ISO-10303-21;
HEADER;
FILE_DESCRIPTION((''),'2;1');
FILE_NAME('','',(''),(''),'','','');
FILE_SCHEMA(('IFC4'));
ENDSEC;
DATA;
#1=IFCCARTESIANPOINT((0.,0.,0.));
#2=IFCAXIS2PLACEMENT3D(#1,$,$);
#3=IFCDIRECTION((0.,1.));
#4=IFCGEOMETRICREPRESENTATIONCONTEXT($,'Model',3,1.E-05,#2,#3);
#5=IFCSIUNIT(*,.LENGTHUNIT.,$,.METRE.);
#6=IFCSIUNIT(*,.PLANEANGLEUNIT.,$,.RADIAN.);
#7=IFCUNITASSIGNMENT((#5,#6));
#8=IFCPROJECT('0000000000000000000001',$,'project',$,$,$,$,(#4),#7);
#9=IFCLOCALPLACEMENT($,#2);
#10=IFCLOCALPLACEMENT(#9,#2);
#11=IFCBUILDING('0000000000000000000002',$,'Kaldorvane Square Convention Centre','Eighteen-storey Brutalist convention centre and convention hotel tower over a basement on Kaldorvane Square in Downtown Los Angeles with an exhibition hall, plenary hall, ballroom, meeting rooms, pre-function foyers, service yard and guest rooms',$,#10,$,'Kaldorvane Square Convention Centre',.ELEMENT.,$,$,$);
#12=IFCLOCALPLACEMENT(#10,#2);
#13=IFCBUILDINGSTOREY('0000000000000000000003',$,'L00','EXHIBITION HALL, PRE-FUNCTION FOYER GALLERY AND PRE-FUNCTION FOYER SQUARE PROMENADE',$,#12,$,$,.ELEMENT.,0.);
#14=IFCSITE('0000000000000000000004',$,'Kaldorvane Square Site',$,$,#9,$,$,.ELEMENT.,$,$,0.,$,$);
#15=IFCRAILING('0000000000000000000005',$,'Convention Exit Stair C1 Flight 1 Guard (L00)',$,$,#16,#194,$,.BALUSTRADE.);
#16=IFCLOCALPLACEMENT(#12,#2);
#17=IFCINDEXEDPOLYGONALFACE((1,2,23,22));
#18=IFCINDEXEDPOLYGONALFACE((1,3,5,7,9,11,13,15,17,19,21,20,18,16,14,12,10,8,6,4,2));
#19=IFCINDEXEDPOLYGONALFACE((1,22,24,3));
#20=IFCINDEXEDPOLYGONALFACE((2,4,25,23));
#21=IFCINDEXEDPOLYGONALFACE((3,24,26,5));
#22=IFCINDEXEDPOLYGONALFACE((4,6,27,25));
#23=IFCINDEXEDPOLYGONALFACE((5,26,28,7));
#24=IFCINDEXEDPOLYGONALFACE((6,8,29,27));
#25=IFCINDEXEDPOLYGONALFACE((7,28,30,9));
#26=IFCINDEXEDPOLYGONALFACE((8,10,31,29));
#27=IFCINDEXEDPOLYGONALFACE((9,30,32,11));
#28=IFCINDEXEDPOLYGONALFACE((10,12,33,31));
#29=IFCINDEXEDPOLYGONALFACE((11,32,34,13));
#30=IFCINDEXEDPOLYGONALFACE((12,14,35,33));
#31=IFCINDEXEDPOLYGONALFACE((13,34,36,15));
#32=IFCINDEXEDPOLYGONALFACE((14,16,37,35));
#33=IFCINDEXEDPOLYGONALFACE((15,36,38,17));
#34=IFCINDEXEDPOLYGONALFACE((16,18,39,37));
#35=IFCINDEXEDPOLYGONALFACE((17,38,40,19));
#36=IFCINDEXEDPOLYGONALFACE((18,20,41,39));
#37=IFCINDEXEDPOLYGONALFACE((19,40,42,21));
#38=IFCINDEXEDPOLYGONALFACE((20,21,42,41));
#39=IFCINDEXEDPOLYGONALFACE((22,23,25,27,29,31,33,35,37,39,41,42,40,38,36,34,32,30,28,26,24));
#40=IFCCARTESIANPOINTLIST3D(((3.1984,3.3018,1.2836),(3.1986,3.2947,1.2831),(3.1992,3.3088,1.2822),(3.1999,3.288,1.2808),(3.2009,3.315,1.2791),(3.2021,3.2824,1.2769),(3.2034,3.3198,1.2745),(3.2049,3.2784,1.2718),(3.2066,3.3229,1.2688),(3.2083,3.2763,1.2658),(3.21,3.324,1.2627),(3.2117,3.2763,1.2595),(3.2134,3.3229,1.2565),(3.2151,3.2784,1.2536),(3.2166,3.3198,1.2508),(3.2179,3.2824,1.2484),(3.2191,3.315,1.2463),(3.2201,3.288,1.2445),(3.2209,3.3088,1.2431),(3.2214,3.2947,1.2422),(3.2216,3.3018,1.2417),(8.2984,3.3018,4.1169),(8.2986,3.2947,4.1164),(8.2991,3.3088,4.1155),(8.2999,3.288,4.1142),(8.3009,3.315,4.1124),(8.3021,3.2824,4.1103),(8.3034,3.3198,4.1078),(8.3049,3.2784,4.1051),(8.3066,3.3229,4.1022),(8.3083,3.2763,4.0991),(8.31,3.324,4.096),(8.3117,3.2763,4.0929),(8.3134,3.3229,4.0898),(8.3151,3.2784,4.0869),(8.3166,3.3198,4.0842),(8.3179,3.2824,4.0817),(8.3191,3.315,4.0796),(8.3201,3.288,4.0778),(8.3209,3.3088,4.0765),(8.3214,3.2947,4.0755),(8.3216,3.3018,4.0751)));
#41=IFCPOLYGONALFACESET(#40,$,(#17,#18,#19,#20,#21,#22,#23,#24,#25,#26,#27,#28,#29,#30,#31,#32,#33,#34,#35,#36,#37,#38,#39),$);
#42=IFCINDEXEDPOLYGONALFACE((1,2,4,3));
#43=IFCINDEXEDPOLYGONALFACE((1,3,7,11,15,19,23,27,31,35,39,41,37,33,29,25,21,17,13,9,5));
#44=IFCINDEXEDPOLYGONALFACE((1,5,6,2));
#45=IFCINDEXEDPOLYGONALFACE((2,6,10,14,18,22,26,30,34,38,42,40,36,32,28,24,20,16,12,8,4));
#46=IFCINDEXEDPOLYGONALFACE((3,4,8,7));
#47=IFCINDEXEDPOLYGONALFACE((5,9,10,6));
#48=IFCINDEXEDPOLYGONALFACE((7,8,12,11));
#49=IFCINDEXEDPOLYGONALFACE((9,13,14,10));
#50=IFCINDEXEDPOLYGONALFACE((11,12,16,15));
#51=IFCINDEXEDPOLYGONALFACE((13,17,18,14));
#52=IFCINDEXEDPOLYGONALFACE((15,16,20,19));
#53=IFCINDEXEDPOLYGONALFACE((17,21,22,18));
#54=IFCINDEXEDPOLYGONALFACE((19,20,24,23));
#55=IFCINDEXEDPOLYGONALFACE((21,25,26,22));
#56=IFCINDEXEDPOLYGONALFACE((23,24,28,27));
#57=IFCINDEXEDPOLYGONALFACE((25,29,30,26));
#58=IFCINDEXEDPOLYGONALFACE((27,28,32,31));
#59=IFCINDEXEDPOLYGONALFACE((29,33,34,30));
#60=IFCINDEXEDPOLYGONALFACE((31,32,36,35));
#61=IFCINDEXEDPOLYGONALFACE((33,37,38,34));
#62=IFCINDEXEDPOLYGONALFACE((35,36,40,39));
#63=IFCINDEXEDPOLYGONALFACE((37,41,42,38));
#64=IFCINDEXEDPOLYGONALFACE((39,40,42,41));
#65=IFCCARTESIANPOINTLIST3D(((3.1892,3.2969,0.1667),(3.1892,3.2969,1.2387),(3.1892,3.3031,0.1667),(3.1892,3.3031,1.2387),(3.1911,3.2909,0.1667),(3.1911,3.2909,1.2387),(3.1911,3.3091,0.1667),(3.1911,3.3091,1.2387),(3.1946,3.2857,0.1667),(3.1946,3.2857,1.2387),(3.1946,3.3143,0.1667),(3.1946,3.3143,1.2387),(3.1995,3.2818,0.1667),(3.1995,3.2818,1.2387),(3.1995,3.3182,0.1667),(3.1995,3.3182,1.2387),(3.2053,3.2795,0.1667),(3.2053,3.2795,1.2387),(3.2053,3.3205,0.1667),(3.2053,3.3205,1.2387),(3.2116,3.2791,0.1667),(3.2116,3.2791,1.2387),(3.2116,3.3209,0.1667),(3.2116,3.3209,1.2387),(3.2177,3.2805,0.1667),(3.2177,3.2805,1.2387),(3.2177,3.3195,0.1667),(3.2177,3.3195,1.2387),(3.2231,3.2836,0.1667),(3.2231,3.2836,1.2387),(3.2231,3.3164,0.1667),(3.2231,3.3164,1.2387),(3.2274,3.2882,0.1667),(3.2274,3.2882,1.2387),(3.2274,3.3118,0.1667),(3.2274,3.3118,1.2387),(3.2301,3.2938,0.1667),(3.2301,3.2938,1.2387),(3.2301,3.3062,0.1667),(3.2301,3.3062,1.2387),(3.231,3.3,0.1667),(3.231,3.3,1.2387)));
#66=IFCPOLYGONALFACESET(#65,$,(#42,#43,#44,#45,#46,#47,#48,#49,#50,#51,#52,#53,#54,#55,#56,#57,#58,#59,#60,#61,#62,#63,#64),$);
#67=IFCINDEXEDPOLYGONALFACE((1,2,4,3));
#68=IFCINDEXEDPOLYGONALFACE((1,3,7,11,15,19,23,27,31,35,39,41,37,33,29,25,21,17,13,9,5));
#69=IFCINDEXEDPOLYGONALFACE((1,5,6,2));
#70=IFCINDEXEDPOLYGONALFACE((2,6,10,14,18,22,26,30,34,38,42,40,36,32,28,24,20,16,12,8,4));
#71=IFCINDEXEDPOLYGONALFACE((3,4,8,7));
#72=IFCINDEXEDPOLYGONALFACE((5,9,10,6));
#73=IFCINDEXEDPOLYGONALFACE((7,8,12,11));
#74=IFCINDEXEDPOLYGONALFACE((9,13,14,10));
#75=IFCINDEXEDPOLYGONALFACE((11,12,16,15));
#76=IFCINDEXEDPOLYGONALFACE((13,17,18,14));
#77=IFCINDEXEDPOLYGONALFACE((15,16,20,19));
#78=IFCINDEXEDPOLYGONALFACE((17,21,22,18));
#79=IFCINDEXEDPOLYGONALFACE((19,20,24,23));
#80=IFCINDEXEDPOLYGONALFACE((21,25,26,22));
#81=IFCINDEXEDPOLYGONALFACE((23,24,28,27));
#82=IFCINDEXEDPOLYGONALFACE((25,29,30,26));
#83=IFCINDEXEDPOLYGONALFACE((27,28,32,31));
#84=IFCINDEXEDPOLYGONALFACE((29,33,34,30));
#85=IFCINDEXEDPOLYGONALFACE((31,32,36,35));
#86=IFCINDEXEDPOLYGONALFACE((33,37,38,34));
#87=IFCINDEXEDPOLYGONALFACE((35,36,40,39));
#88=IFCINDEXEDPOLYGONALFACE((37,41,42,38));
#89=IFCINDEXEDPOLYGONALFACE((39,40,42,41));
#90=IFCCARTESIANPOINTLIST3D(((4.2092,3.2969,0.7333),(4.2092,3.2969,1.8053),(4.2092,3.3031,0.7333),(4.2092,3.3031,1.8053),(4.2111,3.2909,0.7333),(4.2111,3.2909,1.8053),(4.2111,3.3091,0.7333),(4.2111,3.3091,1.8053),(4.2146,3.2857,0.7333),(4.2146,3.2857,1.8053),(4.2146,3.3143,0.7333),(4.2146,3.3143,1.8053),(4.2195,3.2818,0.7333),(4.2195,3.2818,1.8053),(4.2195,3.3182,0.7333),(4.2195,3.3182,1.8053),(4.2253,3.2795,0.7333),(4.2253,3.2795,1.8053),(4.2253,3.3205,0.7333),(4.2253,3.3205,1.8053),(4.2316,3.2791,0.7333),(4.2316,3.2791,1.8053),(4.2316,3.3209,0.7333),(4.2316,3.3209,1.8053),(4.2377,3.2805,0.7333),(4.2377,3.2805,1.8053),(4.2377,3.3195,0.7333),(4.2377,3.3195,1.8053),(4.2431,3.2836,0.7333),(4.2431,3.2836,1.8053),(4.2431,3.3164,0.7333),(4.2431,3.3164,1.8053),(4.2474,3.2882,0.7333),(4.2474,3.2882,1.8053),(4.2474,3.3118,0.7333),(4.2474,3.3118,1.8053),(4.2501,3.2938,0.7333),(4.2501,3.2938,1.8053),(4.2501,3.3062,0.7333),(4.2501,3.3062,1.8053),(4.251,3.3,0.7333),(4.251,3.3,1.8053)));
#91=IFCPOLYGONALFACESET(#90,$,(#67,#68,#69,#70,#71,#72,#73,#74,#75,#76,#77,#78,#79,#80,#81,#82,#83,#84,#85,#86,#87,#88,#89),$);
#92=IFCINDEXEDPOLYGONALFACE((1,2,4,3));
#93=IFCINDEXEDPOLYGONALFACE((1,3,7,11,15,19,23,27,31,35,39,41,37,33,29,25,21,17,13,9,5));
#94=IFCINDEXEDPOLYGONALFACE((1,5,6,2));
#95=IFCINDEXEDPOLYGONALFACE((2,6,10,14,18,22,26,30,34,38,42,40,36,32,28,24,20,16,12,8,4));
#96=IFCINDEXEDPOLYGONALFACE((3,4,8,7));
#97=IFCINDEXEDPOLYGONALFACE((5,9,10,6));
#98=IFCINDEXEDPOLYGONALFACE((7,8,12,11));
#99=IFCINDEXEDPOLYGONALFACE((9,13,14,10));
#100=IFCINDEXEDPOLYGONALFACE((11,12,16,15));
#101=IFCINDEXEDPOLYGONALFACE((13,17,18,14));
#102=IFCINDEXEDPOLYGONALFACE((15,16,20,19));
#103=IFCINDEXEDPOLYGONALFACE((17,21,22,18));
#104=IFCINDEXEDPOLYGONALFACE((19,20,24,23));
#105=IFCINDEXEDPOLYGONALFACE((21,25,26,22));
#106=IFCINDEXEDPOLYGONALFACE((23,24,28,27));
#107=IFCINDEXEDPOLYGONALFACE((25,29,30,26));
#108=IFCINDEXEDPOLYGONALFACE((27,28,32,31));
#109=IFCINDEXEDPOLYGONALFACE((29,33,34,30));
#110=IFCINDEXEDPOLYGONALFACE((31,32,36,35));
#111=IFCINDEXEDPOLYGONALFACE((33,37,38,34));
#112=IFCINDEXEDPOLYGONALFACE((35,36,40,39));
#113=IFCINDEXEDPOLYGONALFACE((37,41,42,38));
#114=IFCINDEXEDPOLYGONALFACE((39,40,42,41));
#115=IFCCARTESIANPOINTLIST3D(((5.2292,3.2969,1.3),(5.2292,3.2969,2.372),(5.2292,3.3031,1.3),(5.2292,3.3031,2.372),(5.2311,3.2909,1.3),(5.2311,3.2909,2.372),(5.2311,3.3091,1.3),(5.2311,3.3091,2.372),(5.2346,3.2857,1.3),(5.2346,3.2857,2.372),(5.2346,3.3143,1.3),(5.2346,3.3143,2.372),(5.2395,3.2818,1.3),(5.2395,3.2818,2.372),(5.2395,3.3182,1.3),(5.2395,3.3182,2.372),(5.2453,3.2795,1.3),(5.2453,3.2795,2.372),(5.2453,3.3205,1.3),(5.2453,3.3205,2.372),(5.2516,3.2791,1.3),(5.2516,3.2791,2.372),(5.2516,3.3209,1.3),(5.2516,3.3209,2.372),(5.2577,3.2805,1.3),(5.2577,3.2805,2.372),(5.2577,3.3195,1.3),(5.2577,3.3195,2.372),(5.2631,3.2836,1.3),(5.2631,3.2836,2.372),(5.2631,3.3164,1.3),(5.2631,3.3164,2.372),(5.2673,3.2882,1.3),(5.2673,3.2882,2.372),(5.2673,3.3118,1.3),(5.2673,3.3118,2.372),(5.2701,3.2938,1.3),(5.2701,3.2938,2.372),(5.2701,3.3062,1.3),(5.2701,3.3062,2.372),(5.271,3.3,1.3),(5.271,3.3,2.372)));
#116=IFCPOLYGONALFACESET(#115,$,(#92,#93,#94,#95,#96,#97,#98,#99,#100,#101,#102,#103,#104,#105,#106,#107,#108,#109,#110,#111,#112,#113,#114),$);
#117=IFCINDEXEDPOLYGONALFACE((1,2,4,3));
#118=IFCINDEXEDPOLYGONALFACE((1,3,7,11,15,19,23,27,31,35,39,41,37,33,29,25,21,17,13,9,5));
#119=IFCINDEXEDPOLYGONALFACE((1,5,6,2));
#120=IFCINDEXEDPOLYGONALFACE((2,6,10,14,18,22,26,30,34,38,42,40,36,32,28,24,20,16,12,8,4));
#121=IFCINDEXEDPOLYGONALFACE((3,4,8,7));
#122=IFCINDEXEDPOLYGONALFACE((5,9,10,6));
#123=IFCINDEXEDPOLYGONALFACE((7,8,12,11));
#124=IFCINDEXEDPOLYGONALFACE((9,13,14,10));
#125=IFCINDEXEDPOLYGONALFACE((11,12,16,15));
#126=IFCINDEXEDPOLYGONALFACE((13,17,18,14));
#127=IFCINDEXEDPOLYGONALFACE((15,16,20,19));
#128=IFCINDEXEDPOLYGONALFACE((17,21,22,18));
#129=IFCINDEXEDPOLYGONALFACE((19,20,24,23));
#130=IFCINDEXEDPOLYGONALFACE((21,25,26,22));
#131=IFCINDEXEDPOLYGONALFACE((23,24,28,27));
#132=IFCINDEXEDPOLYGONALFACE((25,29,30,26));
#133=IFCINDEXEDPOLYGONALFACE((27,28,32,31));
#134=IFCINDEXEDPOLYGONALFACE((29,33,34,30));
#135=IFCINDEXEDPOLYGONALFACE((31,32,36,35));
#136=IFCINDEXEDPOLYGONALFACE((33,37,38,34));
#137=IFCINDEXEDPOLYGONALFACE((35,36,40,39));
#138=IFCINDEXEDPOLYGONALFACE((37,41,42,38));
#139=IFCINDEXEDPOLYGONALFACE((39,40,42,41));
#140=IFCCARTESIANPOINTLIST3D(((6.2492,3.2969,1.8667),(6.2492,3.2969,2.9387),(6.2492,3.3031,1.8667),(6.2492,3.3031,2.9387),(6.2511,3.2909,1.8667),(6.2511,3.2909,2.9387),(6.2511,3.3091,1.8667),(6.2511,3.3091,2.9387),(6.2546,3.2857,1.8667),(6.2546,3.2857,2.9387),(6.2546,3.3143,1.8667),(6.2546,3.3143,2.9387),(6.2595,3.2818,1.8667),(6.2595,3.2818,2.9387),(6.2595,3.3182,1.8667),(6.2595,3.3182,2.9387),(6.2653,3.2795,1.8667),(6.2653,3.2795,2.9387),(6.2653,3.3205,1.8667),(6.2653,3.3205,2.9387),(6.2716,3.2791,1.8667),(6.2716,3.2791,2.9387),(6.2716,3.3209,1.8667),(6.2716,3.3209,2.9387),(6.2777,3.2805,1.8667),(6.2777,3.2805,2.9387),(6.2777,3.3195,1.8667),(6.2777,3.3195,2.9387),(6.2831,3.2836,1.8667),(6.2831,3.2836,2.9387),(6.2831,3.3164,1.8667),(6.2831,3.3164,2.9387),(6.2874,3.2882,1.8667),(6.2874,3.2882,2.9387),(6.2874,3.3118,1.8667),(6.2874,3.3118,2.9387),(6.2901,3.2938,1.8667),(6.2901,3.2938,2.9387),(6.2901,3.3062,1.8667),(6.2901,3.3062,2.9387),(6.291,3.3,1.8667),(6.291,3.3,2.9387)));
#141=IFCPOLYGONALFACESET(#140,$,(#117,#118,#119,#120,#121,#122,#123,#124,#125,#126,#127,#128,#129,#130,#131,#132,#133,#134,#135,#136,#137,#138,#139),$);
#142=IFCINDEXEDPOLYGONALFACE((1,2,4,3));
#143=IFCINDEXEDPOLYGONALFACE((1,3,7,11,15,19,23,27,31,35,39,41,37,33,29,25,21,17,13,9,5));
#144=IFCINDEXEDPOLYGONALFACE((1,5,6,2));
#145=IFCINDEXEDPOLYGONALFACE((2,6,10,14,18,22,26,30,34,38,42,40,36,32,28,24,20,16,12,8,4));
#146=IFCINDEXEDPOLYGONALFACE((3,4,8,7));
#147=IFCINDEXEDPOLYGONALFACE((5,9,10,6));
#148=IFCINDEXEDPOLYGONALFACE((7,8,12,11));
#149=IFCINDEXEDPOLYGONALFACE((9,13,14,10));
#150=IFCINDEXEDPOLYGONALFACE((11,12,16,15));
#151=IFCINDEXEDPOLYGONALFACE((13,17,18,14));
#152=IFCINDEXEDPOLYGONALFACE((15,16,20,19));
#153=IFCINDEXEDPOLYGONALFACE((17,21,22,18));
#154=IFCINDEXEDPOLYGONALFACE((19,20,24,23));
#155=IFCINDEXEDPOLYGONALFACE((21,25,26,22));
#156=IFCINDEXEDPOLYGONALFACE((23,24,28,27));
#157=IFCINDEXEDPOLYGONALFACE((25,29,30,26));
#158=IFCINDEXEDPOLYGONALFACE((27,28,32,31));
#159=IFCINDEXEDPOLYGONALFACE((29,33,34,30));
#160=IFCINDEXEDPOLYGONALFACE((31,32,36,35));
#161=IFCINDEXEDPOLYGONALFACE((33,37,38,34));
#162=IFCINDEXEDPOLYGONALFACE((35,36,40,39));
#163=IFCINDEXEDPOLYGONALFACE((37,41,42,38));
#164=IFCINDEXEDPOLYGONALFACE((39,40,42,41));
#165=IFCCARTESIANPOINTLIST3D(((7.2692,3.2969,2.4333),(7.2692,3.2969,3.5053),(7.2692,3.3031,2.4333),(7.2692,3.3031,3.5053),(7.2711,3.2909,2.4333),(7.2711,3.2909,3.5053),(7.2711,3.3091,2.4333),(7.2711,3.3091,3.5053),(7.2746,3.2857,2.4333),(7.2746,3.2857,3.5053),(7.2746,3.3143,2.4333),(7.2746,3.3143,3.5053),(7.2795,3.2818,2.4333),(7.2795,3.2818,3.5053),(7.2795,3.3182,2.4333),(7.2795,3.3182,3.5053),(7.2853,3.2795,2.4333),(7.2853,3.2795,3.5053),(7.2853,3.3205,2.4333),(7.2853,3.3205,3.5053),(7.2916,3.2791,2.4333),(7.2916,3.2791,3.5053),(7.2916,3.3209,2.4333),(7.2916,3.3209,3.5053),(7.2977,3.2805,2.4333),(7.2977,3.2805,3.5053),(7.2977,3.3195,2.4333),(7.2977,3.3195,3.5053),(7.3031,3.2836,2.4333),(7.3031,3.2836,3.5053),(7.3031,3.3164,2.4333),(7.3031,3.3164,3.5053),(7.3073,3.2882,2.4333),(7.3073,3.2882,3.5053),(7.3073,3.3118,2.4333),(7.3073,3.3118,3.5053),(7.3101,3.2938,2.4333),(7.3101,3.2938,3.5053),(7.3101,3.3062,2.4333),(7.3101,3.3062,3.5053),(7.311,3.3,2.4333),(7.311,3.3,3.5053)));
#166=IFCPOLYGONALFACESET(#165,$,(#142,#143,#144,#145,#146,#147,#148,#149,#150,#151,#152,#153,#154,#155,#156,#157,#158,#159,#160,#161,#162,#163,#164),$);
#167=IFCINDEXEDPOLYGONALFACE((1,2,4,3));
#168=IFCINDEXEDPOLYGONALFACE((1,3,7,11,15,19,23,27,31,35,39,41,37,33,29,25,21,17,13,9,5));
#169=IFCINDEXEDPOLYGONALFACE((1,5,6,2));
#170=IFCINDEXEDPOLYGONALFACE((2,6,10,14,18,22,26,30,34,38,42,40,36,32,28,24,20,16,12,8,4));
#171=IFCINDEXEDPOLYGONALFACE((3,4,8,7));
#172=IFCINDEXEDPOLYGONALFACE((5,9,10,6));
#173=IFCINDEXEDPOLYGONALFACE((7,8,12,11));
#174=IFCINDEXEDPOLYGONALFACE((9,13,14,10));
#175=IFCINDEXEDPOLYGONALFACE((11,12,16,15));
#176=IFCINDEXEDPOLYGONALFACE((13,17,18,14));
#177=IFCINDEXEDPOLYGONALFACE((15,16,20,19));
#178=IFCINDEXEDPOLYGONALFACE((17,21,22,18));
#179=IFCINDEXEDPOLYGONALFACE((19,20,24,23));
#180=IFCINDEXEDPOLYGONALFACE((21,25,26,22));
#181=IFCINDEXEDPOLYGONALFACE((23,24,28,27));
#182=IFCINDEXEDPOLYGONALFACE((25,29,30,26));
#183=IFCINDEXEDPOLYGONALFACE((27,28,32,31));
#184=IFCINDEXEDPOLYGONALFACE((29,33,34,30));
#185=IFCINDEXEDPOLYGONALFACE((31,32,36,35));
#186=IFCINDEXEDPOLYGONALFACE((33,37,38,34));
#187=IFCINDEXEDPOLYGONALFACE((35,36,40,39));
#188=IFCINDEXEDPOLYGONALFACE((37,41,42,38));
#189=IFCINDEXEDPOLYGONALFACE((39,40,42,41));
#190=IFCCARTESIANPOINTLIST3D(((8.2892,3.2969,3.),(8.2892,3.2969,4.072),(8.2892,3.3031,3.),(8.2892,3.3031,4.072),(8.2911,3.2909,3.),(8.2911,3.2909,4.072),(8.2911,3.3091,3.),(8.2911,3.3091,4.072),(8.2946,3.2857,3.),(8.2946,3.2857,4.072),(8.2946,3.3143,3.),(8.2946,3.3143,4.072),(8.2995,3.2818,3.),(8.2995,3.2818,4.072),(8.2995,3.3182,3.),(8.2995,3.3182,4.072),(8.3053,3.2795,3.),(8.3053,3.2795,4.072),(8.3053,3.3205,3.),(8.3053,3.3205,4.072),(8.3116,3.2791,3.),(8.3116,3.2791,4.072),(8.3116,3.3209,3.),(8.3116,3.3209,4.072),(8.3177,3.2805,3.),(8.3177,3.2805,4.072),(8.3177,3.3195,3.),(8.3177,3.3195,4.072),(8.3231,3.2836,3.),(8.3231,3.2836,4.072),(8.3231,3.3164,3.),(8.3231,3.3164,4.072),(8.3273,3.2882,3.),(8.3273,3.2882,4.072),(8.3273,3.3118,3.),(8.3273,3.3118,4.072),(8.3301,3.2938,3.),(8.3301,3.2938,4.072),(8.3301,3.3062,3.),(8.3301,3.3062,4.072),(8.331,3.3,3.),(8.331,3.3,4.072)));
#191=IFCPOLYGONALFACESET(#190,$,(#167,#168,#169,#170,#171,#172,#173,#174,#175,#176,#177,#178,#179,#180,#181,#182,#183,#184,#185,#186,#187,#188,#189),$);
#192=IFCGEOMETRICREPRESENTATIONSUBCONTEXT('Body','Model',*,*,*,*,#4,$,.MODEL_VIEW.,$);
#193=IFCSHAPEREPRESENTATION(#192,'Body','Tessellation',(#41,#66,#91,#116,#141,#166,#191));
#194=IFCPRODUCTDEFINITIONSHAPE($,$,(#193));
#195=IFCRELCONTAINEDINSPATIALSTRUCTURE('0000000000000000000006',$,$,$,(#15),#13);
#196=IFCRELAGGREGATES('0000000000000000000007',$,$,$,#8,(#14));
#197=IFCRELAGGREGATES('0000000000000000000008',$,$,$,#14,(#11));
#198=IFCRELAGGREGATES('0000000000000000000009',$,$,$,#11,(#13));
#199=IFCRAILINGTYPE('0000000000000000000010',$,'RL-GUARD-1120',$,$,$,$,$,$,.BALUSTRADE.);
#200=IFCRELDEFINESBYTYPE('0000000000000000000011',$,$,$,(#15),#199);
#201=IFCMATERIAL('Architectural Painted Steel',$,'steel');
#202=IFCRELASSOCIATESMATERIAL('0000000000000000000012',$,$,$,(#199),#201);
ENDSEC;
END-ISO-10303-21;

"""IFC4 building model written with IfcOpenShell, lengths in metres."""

from ifc_helpers import new_model, si_unit, direction, frame, origin, origin_2d, place, context, subcontext, project, spatial, circle, extrude, material, type_object, element, save


model = new_model("IFC4")

# Units and contexts
model_context = context("Model", 3, precision=1e-05, world=origin(), true_north=direction((0.0, 1.0)))
body_context = subcontext(model_context, "Body", "Model", "MODEL_VIEW")
ifc_project = project(units=[si_unit("LENGTHUNIT", "METRE"), si_unit("PLANEANGLEUNIT", "RADIAN")], contexts=[model_context])

# Site, building, storey
site_placement = place(None, origin())
site = spatial("IfcSite", under=ifc_project, at=site_placement, Name="Kaldorvane Square Site", CompositionType="ELEMENT", RefElevation=0.0)
building_placement = place(site_placement, origin())
building = spatial("IfcBuilding", under=site, at=building_placement, Name="Kaldorvane Square Convention Centre", Description="Eighteen-storey Brutalist convention centre and convention hotel tower over a basement on Kaldorvane Square in Downtown Los Angeles with an exhibition hall, plenary hall, ballroom, meeting rooms, pre-function foyers, service yard and guest rooms", LongName="Kaldorvane Square Convention Centre", CompositionType="ELEMENT")
storey_placement = place(building_placement, origin())
storey = spatial("IfcBuildingStorey", under=building, at=storey_placement, Name="L00", Description="EXHIBITION HALL, PRE-FUNCTION FOYER GALLERY AND PRE-FUNCTION FOYER SQUARE PROMENADE", CompositionType="ELEMENT", Elevation=0.0)

# Railing
ifc_material_1 = material(Name="Architectural Painted Steel", Category="steel")
railing_type_1 = type_object("IfcRailingType", Name="RL-GUARD-1120", PredefinedType="BALUSTRADE", material=ifc_material_1)
railing_1_placement = place(storey_placement, frame((3.21, 3.3, 0.1667)))
element("IfcRailing", 1, at=railing_1_placement, inside=storey, type_object=railing_type_1, Name="Convention Exit Stair C1 Flight 1 Guard (L00)", PredefinedType="BALUSTRADE", context=body_context, shape_type="SweptSolid", body=[
    extrude(circle(Radius=0.024, at=origin_2d()), frame((0.0, 0.0, 1.096), z_axis=(0.874157, 0.0, 0.485643), x_axis=(0.0, 1.0, 0.0)), (0.0, 0.0, 1.0), 5.8342),
    extrude(circle(Radius=0.021, at=origin_2d()), origin(), (0.0, 0.0, 1.0), 1.072),
    extrude(circle(Radius=0.021, at=origin_2d()), frame((1.02, 0.0, 0.5667)), (0.0, 0.0, 1.0), 1.072),
    extrude(circle(Radius=0.021, at=origin_2d()), frame((2.04, 0.0, 1.1333)), (0.0, 0.0, 1.0), 1.072),
    extrude(circle(Radius=0.021, at=origin_2d()), frame((3.06, 0.0, 1.7)), (0.0, 0.0, 1.0), 1.072),
    extrude(circle(Radius=0.021, at=origin_2d()), frame((4.08, 0.0, 2.2667)), (0.0, 0.0, 1.0), 1.072),
    extrude(circle(Radius=0.021, at=origin_2d()), frame((5.1, 0.0, 2.8333)), (0.0, 0.0, 1.0), 1.072),
])

save(model, "model.ifc")
